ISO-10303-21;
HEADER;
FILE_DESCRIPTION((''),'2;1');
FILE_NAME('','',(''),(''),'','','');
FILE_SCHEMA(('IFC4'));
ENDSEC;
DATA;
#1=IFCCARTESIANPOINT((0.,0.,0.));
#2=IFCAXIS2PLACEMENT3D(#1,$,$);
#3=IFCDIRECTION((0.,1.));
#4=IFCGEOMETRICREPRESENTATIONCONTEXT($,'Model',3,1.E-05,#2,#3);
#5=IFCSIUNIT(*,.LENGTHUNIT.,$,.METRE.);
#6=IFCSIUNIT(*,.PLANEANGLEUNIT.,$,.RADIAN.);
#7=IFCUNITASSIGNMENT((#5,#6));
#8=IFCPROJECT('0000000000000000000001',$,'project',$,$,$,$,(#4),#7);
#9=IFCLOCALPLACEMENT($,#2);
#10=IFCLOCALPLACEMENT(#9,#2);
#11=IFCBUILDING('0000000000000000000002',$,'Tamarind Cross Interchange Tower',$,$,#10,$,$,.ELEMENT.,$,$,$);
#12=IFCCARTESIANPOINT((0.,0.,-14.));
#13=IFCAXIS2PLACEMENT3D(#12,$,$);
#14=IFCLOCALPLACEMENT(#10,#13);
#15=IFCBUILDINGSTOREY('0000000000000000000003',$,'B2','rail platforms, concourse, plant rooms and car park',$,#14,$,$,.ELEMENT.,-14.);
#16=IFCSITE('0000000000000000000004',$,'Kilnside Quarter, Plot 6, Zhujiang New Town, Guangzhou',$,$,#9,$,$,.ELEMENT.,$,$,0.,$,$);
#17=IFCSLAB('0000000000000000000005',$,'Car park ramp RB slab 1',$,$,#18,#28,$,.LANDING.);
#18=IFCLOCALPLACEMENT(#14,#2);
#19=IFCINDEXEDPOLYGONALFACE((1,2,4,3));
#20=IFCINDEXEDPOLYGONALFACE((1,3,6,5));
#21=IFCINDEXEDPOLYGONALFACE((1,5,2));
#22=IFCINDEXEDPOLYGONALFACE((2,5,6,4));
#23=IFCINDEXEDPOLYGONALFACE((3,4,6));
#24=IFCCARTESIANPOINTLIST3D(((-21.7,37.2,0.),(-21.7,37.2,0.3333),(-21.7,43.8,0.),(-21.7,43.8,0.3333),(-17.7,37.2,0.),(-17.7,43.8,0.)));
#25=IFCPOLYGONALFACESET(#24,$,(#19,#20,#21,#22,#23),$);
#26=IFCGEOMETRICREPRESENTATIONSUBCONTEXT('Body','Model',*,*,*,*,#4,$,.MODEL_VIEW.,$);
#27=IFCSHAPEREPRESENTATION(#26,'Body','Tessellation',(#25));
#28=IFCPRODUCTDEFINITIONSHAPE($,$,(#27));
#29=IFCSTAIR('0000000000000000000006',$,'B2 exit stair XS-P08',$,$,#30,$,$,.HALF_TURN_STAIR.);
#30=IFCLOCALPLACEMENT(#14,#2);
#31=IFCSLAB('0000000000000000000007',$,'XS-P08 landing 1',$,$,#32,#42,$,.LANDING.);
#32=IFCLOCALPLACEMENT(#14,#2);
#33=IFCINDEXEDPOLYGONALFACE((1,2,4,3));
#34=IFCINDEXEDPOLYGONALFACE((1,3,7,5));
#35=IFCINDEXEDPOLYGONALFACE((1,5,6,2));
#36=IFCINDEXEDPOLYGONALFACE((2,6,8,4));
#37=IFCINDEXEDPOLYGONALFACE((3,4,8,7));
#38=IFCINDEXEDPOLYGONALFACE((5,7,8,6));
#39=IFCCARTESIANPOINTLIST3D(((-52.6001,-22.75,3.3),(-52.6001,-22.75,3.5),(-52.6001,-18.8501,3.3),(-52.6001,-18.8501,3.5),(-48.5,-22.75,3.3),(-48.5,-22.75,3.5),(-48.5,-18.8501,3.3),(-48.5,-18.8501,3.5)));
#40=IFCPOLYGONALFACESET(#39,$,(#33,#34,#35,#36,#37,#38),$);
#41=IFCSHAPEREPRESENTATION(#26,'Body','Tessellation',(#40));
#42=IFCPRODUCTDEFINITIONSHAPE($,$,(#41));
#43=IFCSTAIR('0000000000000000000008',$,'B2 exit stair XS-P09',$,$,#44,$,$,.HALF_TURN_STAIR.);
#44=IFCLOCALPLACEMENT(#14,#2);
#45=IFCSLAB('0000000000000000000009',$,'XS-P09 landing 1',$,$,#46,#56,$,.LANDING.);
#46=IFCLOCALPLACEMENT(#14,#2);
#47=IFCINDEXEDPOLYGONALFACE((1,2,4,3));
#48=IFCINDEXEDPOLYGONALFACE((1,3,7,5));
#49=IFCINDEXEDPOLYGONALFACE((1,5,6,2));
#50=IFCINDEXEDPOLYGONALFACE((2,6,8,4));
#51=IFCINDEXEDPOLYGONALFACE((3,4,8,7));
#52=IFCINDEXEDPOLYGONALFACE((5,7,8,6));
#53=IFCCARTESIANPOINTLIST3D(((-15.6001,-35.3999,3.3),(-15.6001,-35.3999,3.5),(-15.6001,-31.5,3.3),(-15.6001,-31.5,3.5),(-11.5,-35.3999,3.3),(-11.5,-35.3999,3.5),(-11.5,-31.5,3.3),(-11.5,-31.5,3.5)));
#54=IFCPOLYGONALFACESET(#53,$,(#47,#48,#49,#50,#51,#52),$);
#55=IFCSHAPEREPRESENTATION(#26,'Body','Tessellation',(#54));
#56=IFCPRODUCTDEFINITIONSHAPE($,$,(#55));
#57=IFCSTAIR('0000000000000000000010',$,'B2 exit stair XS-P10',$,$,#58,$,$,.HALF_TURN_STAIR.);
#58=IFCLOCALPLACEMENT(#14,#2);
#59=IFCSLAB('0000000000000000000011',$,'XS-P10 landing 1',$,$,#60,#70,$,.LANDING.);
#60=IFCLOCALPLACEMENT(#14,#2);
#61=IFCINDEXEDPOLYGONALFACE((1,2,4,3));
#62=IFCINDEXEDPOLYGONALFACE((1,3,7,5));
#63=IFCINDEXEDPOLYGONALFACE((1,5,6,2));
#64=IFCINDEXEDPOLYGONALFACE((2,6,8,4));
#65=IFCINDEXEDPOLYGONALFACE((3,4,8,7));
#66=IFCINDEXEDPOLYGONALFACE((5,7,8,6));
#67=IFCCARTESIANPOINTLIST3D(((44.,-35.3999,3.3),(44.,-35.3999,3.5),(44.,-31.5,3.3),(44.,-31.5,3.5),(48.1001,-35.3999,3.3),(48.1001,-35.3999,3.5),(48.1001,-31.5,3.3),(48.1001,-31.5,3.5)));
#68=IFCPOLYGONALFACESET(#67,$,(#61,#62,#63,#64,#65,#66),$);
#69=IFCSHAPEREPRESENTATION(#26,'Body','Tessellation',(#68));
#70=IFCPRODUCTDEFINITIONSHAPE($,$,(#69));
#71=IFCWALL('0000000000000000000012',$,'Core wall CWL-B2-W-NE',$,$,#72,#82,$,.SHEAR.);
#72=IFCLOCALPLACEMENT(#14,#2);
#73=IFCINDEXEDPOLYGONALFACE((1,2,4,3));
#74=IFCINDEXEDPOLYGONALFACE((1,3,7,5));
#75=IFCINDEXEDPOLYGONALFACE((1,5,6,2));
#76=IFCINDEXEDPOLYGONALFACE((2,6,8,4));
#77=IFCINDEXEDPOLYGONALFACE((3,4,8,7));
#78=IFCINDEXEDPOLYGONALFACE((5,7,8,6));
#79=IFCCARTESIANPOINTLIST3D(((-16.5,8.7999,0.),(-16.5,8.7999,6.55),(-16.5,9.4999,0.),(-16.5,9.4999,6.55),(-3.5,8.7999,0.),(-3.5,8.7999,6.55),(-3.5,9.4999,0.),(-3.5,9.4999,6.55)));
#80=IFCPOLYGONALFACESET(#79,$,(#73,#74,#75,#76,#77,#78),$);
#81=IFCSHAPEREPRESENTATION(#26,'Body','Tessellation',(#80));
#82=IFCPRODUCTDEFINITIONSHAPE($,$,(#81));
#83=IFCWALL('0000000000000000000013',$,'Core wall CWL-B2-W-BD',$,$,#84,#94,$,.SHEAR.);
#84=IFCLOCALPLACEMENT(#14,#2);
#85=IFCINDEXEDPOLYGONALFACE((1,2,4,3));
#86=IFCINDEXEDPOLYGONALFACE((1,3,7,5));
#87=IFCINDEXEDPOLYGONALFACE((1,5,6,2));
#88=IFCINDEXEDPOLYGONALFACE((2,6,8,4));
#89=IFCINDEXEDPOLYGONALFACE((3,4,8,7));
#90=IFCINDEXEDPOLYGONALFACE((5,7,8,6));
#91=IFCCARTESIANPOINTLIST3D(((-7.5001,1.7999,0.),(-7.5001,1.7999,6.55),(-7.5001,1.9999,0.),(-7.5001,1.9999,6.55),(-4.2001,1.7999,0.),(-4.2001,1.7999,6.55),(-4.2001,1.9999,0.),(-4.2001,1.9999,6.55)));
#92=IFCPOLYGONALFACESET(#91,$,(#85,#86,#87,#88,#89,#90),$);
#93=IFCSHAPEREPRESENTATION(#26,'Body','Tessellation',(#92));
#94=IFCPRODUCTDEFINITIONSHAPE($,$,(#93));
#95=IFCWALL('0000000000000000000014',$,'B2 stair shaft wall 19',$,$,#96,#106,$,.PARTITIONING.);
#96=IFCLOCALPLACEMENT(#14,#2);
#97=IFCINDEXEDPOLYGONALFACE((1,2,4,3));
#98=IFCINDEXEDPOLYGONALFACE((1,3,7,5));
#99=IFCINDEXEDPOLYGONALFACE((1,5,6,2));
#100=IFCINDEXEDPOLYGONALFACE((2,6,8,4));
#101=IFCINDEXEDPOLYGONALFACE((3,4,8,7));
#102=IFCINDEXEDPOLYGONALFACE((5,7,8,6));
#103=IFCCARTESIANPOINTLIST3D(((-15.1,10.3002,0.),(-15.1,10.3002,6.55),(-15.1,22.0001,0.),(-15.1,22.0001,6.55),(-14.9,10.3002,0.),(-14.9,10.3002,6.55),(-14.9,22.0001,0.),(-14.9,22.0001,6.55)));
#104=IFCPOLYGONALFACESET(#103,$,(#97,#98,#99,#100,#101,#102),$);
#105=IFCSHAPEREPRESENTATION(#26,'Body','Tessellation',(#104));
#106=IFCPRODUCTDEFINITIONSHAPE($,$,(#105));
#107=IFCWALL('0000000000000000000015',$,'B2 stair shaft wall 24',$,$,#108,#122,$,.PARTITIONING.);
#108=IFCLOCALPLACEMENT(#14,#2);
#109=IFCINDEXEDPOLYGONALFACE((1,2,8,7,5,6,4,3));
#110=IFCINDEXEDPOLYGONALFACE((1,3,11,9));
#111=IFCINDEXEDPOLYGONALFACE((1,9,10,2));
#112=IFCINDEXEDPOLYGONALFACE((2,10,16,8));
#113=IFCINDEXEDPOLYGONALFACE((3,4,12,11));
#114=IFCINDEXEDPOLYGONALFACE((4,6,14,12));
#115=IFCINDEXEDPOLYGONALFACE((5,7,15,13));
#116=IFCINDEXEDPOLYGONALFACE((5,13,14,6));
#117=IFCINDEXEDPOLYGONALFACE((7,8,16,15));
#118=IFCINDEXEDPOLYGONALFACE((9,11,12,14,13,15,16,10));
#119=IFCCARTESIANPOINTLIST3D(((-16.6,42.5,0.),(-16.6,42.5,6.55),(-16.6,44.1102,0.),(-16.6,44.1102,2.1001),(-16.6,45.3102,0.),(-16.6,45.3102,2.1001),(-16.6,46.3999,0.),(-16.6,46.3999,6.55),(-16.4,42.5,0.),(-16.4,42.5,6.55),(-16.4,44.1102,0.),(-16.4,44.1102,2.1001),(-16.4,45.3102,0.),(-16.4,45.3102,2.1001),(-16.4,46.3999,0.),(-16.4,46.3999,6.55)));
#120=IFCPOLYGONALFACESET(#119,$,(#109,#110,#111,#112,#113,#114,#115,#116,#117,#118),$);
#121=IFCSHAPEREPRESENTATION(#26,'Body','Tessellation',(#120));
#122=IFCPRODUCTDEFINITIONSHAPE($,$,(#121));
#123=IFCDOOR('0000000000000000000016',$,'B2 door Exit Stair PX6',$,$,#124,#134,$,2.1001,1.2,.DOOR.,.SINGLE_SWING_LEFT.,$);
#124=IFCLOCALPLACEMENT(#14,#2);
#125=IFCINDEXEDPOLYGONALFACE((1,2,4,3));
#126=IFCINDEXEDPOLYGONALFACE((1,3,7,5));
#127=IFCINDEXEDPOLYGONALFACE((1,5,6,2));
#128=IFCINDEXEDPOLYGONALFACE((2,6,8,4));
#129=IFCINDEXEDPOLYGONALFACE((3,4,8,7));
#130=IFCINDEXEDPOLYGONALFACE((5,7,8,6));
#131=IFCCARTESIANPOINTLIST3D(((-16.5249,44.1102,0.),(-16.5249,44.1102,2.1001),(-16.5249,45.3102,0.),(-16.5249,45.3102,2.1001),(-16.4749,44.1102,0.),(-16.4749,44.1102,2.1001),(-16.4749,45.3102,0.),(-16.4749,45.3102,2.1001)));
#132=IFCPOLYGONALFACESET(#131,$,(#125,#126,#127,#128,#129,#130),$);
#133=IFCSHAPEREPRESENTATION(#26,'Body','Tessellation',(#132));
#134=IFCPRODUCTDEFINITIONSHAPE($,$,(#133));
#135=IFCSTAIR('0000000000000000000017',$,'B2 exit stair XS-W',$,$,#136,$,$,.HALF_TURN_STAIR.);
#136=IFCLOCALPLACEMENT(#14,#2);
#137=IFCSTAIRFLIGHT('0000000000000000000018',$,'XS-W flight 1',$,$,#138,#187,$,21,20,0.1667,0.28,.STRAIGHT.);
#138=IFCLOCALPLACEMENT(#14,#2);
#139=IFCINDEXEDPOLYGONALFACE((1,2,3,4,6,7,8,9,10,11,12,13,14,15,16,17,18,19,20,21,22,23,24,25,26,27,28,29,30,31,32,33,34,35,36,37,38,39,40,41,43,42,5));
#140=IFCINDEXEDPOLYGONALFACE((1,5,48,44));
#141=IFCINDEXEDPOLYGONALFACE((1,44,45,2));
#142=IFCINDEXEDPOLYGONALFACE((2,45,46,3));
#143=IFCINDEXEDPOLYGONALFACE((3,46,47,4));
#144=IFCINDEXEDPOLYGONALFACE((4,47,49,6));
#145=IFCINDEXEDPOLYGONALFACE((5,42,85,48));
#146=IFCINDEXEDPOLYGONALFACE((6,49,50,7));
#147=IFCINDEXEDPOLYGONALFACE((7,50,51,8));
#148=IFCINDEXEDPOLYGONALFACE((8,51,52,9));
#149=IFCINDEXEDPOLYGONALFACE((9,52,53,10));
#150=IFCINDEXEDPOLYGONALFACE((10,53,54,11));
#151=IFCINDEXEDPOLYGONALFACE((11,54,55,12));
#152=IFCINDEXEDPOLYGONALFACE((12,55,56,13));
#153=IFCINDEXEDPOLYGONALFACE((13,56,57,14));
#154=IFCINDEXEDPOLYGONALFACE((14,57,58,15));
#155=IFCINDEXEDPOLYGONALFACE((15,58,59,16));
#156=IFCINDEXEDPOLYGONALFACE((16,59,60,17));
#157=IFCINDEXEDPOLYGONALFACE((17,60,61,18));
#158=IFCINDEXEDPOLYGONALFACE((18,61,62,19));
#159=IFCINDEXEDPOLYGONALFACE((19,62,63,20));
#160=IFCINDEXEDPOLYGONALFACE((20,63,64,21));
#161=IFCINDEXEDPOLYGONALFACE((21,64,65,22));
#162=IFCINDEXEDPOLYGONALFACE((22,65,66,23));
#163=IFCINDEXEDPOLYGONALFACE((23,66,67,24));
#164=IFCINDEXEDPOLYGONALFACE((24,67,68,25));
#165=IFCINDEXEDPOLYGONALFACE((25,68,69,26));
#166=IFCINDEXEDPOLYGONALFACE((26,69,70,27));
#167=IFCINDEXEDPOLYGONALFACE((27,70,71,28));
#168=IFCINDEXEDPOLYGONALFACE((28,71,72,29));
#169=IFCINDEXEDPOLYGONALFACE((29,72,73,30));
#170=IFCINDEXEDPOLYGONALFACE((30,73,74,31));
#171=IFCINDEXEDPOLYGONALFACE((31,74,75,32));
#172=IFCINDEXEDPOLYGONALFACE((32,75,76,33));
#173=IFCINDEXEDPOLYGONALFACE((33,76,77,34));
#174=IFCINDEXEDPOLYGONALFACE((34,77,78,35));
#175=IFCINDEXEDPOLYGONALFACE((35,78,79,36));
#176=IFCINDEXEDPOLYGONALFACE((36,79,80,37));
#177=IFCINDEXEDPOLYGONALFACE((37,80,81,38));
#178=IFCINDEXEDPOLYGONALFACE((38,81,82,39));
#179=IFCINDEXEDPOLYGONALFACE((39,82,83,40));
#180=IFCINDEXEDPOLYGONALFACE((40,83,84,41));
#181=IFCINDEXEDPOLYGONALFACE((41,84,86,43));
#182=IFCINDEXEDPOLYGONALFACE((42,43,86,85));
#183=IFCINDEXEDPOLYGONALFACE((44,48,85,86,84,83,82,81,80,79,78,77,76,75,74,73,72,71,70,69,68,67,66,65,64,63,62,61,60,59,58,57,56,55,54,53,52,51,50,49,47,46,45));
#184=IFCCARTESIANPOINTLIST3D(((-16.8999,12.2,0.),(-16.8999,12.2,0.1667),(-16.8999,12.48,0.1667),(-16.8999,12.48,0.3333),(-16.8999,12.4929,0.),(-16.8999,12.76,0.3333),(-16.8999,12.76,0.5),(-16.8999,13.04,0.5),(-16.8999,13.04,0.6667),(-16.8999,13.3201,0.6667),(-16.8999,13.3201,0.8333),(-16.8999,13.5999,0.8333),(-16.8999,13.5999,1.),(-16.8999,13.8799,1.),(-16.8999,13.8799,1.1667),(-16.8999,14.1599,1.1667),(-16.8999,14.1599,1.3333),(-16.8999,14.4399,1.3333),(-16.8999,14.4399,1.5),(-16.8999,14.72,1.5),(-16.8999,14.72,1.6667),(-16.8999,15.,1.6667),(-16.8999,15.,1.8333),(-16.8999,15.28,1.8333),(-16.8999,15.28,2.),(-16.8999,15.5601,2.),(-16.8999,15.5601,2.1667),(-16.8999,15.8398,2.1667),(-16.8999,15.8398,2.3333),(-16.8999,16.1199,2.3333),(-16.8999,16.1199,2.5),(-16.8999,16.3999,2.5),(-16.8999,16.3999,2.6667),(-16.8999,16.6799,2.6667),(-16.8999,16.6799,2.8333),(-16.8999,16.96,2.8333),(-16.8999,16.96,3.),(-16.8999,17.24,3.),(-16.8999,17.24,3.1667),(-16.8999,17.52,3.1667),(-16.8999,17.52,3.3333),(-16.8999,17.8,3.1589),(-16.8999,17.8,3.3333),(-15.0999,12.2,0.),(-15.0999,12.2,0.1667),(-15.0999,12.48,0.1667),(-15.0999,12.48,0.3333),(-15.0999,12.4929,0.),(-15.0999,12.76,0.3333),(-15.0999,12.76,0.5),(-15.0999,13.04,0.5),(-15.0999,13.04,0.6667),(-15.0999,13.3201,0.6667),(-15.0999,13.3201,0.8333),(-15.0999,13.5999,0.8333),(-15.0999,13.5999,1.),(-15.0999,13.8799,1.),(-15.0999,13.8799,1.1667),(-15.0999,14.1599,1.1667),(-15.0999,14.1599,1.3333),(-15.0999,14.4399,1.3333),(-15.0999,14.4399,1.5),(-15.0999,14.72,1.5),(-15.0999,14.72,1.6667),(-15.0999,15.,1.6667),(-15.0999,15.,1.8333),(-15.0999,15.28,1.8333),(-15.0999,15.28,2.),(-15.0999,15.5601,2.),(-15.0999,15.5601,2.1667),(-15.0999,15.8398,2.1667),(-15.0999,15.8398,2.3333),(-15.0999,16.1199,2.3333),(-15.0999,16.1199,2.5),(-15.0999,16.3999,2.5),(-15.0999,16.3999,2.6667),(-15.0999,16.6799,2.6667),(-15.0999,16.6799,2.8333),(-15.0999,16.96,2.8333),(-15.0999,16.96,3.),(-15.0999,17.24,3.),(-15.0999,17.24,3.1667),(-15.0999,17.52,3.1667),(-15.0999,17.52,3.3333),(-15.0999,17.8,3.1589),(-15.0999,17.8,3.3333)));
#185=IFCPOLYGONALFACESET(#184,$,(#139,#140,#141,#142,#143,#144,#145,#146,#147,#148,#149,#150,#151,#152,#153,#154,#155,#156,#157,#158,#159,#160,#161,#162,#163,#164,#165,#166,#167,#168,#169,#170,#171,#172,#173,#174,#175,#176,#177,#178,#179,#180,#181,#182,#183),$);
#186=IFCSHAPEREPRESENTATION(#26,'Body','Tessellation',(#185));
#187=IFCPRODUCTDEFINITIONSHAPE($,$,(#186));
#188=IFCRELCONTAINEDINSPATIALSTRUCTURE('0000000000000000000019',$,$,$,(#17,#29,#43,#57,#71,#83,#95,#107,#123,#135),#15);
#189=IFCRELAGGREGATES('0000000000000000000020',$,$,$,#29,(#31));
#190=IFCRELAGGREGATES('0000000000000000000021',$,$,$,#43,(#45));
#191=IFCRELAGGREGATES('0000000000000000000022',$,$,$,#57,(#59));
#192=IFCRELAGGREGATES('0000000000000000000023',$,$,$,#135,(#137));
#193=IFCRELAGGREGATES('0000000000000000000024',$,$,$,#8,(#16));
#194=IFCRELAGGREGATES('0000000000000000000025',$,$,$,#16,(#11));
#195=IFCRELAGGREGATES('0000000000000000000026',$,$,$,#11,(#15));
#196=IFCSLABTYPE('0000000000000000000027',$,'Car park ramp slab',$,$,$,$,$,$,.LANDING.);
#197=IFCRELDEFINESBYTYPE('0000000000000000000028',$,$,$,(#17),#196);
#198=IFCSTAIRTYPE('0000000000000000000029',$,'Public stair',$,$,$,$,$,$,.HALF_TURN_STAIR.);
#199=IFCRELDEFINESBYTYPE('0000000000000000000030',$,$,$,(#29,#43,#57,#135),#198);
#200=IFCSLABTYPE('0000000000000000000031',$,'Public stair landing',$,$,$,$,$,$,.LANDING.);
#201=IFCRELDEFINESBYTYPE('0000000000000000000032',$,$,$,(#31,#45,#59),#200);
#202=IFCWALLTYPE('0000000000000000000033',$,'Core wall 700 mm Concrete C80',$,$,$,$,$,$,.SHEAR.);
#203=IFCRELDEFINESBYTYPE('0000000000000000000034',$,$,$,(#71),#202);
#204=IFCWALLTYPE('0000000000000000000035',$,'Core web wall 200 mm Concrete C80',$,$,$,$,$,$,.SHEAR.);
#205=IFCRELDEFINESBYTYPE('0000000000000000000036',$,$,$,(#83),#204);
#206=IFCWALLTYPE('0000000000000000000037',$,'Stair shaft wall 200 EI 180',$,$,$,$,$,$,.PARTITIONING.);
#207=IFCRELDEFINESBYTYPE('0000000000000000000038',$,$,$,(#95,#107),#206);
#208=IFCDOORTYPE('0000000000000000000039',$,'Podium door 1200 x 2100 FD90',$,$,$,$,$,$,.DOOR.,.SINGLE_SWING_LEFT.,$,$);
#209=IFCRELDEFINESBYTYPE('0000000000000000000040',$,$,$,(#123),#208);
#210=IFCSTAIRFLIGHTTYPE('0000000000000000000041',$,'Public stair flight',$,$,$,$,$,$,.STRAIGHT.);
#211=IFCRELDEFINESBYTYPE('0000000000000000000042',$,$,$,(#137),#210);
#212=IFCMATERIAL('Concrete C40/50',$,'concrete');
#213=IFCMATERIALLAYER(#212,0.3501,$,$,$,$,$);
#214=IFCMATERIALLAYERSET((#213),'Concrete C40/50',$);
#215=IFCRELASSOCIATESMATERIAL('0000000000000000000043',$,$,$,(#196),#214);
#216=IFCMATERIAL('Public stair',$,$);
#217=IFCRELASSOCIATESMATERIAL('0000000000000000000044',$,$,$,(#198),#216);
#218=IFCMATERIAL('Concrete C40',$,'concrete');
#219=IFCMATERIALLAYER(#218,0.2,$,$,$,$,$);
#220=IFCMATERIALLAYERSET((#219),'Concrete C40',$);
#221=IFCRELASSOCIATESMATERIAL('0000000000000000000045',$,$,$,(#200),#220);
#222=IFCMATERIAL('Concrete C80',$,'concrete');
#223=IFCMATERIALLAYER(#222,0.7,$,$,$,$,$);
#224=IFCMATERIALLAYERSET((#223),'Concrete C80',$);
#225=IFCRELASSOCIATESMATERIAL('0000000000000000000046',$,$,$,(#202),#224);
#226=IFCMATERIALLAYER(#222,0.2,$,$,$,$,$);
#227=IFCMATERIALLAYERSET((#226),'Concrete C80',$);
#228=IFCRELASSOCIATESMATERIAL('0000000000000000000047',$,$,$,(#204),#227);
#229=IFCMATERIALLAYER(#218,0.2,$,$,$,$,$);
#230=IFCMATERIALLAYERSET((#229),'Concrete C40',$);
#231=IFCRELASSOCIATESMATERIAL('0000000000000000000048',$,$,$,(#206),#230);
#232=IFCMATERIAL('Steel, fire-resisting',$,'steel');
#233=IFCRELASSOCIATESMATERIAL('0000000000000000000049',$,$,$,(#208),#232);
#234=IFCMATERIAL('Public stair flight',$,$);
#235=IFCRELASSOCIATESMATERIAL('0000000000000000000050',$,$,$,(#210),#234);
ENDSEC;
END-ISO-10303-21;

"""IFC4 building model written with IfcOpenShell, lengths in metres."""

from ifc_helpers import new_model, si_unit, direction, frame, frame_2d, origin, place, context, subcontext, project, spatial, polyline, rectangle, outline, extrude, material, layer, layer_set, type_object, element, fill, aggregate, save


model = new_model("IFC4")

# Units and contexts
model_context = context("Model", 3, precision=1e-05, world=origin(), true_north=direction((0.0, 1.0)))
body_context = subcontext(model_context, "Body", "Model", "MODEL_VIEW")
ifc_project = project(units=[si_unit("LENGTHUNIT", "METRE"), si_unit("PLANEANGLEUNIT", "RADIAN")], contexts=[model_context])

# Site, building, storey
site_placement = place(None, origin())
site = spatial("IfcSite", under=ifc_project, at=site_placement, Name="Kilnside Quarter, Plot 6, Zhujiang New Town, Guangzhou", CompositionType="ELEMENT", RefElevation=0.0)
building_placement = place(site_placement, origin())
building = spatial("IfcBuilding", under=site, at=building_placement, Name="Tamarind Cross Interchange Tower", CompositionType="ELEMENT")
storey_placement = place(building_placement, frame((0.0, 0.0, -14.0)))
storey = spatial("IfcBuildingStorey", under=building, at=storey_placement, Name="B2", Description="rail platforms, concourse, plant rooms and car park", CompositionType="ELEMENT", Elevation=-14.0)

# Shared definitions
ifc_material_1 = material(Name="Concrete C80", Category="concrete")

# Slab
ifc_material_2 = material(Name="Concrete C40/50", Category="concrete")
ifc_layer_1 = layer(ifc_material_2, 0.3501)
ifc_layer_set_1 = layer_set([ifc_layer_1], Name="Concrete C40/50")
slab_type_1 = type_object("IfcSlabType", Name="Car park ramp slab", PredefinedType="LANDING", material=ifc_layer_set_1)
slab_1_placement = place(storey_placement, frame((-17.7, 40.5, 0.0), z_axis=(0.0, 0.0, 1.0), x_axis=(-1.0, 0.0, 0.0)))
element("IfcSlab", 1, at=slab_1_placement, inside=storey, type_object=slab_type_1, Name="Car park ramp RB slab 1", PredefinedType="LANDING", context=body_context, shape_type="SweptSolid", body=[
    extrude(outline(polyline([(0.0, 0.0), (4.0, 0.0), (4.0, 0.3333), (0.0, 0.0), (0.0, 0.0)])), frame((0.0, 3.3, 0.0), z_axis=(0.0, -1.0, 0.0), x_axis=(1.0, 0.0, 0.0)), (0.0, 0.0, 1.0), 6.6001),
])

# Stairs, slabs
ifc_material_3 = material(Name="Public stair")
stair_type = type_object("IfcStairType", Name="Public stair", PredefinedType="HALF_TURN_STAIR", material=ifc_material_3)
stair_1_placement = place(storey_placement, origin())
stair_1 = element("IfcStair", 2, at=stair_1_placement, inside=storey, type_object=stair_type, Name="B2 exit stair XS-P08", PredefinedType="HALF_TURN_STAIR")
ifc_material_4 = material(Name="Concrete C40", Category="concrete")
ifc_layer_2 = layer(ifc_material_4, 0.2)
ifc_layer_set_2 = layer_set([ifc_layer_2], Name="Concrete C40")
slab_type_2 = type_object("IfcSlabType", Name="Public stair landing", PredefinedType="LANDING", material=ifc_layer_set_2)
slab_2_placement = place(storey_placement, frame((0.0, 0.0, 3.3)))
slab_2 = element("IfcSlab", 3, at=slab_2_placement, type_object=slab_type_2, Name="XS-P08 landing 1", PredefinedType="LANDING", context=body_context, shape_type="SweptSolid", body=[
    extrude(outline(polyline([(-52.6001, -22.75), (-48.5, -22.75), (-48.5, -18.8501), (-52.6001, -18.8501), (-52.6001, -22.75)])), origin(), (0.0, 0.0, 1.0), 0.2),
])
aggregate(stair_1, [slab_2])
stair_2_placement = place(storey_placement, origin())
stair_2 = element("IfcStair", 4, at=stair_2_placement, inside=storey, type_object=stair_type, Name="B2 exit stair XS-P09", PredefinedType="HALF_TURN_STAIR")
slab_3_placement = place(storey_placement, frame((0.0, 0.0, 3.3)))
slab_3 = element("IfcSlab", 5, at=slab_3_placement, type_object=slab_type_2, Name="XS-P09 landing 1", PredefinedType="LANDING", context=body_context, shape_type="SweptSolid", body=[
    extrude(outline(polyline([(-15.6001, -35.3999), (-11.5, -35.3999), (-11.5, -31.5), (-15.6001, -31.5), (-15.6001, -35.3999)])), origin(), (0.0, 0.0, 1.0), 0.2),
])
aggregate(stair_2, [slab_3])
stair_3_placement = place(storey_placement, origin())
stair_3 = element("IfcStair", 6, at=stair_3_placement, inside=storey, type_object=stair_type, Name="B2 exit stair XS-P10", PredefinedType="HALF_TURN_STAIR")
slab_4_placement = place(storey_placement, frame((0.0, 0.0, 3.3)))
slab_4 = element("IfcSlab", 7, at=slab_4_placement, type_object=slab_type_2, Name="XS-P10 landing 1", PredefinedType="LANDING", context=body_context, shape_type="SweptSolid", body=[
    extrude(outline(polyline([(48.1001, -31.5), (44.0, -31.5), (44.0, -35.3999), (48.1001, -35.3999), (48.1001, -31.5)])), origin(), (0.0, 0.0, 1.0), 0.2),
])
aggregate(stair_3, [slab_4])

# Walls
ifc_layer_3 = layer(ifc_material_1, 0.7)
ifc_layer_set_3 = layer_set([ifc_layer_3], Name="Concrete C80")
wall_type_1 = type_object("IfcWallType", Name="Core wall 700 mm Concrete C80", PredefinedType="SHEAR", material=ifc_layer_set_3)
wall_1_placement = place(storey_placement, frame((-16.5, 9.1499, 0.0), z_axis=(0.0, 0.0, 1.0), x_axis=(1.0, 0.0, 0.0)))
element("IfcWall", 8, at=wall_1_placement, inside=storey, type_object=wall_type_1, Name="Core wall CWL-B2-W-NE", PredefinedType="SHEAR", context=body_context, shape_type="SweptSolid", body=[
    extrude(rectangle(XDim=13.0, YDim=0.7, at=frame_2d((6.5, 0.0))), origin(), (0.0, 0.0, 1.0), 6.55),
])
ifc_layer_4 = layer(ifc_material_1, 0.2)
ifc_layer_set_4 = layer_set([ifc_layer_4], Name="Concrete C80")
wall_type_2 = type_object("IfcWallType", Name="Core web wall 200 mm Concrete C80", PredefinedType="SHEAR", material=ifc_layer_set_4)
wall_2_placement = place(storey_placement, frame((-7.5, 1.8999, 0.0), z_axis=(0.0, 0.0, 1.0), x_axis=(1.0, 0.0, 0.0)))
element("IfcWall", 9, at=wall_2_placement, inside=storey, type_object=wall_type_2, Name="Core wall CWL-B2-W-BD", PredefinedType="SHEAR", context=body_context, shape_type="SweptSolid", body=[
    extrude(rectangle(XDim=3.3, YDim=0.2, at=frame_2d((1.6499, 0.0))), origin(), (0.0, 0.0, 1.0), 6.55),
])
ifc_layer_5 = layer(ifc_material_4, 0.2)
ifc_layer_set_5 = layer_set([ifc_layer_5], Name="Concrete C40")
wall_type_3 = type_object("IfcWallType", Name="Stair shaft wall 200 EI 180", PredefinedType="PARTITIONING", material=ifc_layer_set_5)
wall_3_placement = place(storey_placement, frame((-15.0, 10.3, 0.0), z_axis=(0.0, 0.0, 1.0), x_axis=(0.0, 1.0, 0.0)))
element("IfcWall", 10, at=wall_3_placement, inside=storey, type_object=wall_type_3, Name="B2 stair shaft wall 19", PredefinedType="PARTITIONING", context=body_context, shape_type="SweptSolid", body=[
    extrude(rectangle(XDim=11.7, YDim=0.2, at=frame_2d((5.8501, 0.0))), origin(), (0.0, 0.0, 1.0), 6.55),
])

# Wall, opening, door
wall_4_placement = place(storey_placement, frame((-16.5, 42.5, 0.0), z_axis=(0.0, 0.0, 1.0), x_axis=(0.0, 1.0, 0.0)))
wall_4 = element("IfcWall", 11, at=wall_4_placement, inside=storey, type_object=wall_type_3, Name="B2 stair shaft wall 24", PredefinedType="PARTITIONING", context=body_context, shape_type="SweptSolid", body=[
    extrude(rectangle(XDim=3.8999, YDim=0.2, at=frame_2d((1.95, 0.0))), origin(), (0.0, 0.0, 1.0), 6.55),
])
opening_placement = place(wall_4_placement, frame((1.6101, 0.0, 0.0)))
opening = element("IfcOpeningElement", 12, at=opening_placement, cuts=wall_4, PredefinedType="OPENING", context=body_context, shape_type="SweptSolid", body=[
    extrude(rectangle(XDim=1.2, YDim=2.1001, at=frame_2d((0.6001, 1.05))), frame((0.0, 0.1099, 0.0), z_axis=(0.0, -1.0, 0.0), x_axis=(1.0, 0.0, 0.0)), (0.0, 0.0, 1.0), 0.22),
])
ifc_material_5 = material(Name="Steel, fire-resisting", Category="steel")
door_type = type_object("IfcDoorType", Name="Podium door 1200 x 2100 FD90", OperationType="SINGLE_SWING_LEFT", PredefinedType="DOOR", material=ifc_material_5)
door_placement = place(opening_placement, origin())
door = element("IfcDoor", 13, at=door_placement, inside=storey, type_object=door_type, Name="B2 door Exit Stair PX6", OperationType="SINGLE_SWING_LEFT", OverallHeight=2.1001, OverallWidth=1.2, PredefinedType="DOOR", context=body_context, shape_type="SweptSolid", body=[
    extrude(rectangle(XDim=1.2, YDim=2.1001, at=frame_2d((0.6001, 1.05))), frame((0.0, 0.0249, 0.0), z_axis=(0.0, -1.0, 0.0), x_axis=(1.0, 0.0, 0.0)), (0.0, 0.0, 1.0), 0.05),
])
fill(opening, door)

# Stair, stair flight
stair_4_placement = place(storey_placement, origin())
stair_4 = element("IfcStair", 14, at=stair_4_placement, inside=storey, type_object=stair_type, Name="B2 exit stair XS-W", PredefinedType="HALF_TURN_STAIR")
ifc_material_6 = material(Name="Public stair flight")
stair_flight_type = type_object("IfcStairFlightType", Name="Public stair flight", PredefinedType="STRAIGHT", material=ifc_material_6)
stair_flight_1_placement = place(storey_placement, frame((-16.0, 12.2, 0.0), z_axis=(0.0, 0.0, 1.0), x_axis=(0.0, 1.0, 0.0)))
stair_flight_1 = element("IfcStairFlight", 15, at=stair_flight_1_placement, type_object=stair_flight_type, Name="XS-W flight 1", NumberOfRisers=21, NumberOfTreads=20, PredefinedType="STRAIGHT", RiserHeight=0.1667, TreadLength=0.28, context=body_context, shape_type="SweptSolid", body=[
    extrude(outline(polyline([(0.0, 0.0), (0.0, 0.1667), (0.28, 0.1667), (0.28, 0.3333), (0.5601, 0.3333), (0.5601, 0.5), (0.8401, 0.5), (0.8401, 0.6667), (1.1201, 0.6667), (1.1201, 0.8333), (1.3999, 0.8333), (1.3999, 1.0), (1.6799, 1.0), (1.6799, 1.1667), (1.96, 1.1667), (1.96, 1.3333), (2.24, 1.3333), (2.24, 1.5), (2.52, 1.5), (2.52, 1.6667), (2.8, 1.6667), (2.8, 1.8333), (3.0801, 1.8333), (3.0801, 2.0), (3.3601, 2.0), (3.3601, 2.1667), (3.6399, 2.1667), (3.6399, 2.3333), (3.9199, 2.3333), (3.9199, 2.5), (4.2, 2.5), (4.2, 2.6667), (4.48, 2.6667), (4.48, 2.8333), (4.76, 2.8333), (4.76, 3.0), (5.04, 3.0), (5.04, 3.1667), (5.3201, 3.1667), (5.3201, 3.3333), (5.6001, 3.3333), (5.6001, 3.5), (5.6001, 3.1589), (0.293, 0.0), (0.0, 0.0)])), frame((0.0, 0.8999, 0.0), z_axis=(0.0, -1.0, 0.0), x_axis=(1.0, 0.0, 0.0)), (0.0, 0.0, 1.0), 1.8),
])
aggregate(stair_4, [stair_flight_1])

save(model, "model.ifc")
